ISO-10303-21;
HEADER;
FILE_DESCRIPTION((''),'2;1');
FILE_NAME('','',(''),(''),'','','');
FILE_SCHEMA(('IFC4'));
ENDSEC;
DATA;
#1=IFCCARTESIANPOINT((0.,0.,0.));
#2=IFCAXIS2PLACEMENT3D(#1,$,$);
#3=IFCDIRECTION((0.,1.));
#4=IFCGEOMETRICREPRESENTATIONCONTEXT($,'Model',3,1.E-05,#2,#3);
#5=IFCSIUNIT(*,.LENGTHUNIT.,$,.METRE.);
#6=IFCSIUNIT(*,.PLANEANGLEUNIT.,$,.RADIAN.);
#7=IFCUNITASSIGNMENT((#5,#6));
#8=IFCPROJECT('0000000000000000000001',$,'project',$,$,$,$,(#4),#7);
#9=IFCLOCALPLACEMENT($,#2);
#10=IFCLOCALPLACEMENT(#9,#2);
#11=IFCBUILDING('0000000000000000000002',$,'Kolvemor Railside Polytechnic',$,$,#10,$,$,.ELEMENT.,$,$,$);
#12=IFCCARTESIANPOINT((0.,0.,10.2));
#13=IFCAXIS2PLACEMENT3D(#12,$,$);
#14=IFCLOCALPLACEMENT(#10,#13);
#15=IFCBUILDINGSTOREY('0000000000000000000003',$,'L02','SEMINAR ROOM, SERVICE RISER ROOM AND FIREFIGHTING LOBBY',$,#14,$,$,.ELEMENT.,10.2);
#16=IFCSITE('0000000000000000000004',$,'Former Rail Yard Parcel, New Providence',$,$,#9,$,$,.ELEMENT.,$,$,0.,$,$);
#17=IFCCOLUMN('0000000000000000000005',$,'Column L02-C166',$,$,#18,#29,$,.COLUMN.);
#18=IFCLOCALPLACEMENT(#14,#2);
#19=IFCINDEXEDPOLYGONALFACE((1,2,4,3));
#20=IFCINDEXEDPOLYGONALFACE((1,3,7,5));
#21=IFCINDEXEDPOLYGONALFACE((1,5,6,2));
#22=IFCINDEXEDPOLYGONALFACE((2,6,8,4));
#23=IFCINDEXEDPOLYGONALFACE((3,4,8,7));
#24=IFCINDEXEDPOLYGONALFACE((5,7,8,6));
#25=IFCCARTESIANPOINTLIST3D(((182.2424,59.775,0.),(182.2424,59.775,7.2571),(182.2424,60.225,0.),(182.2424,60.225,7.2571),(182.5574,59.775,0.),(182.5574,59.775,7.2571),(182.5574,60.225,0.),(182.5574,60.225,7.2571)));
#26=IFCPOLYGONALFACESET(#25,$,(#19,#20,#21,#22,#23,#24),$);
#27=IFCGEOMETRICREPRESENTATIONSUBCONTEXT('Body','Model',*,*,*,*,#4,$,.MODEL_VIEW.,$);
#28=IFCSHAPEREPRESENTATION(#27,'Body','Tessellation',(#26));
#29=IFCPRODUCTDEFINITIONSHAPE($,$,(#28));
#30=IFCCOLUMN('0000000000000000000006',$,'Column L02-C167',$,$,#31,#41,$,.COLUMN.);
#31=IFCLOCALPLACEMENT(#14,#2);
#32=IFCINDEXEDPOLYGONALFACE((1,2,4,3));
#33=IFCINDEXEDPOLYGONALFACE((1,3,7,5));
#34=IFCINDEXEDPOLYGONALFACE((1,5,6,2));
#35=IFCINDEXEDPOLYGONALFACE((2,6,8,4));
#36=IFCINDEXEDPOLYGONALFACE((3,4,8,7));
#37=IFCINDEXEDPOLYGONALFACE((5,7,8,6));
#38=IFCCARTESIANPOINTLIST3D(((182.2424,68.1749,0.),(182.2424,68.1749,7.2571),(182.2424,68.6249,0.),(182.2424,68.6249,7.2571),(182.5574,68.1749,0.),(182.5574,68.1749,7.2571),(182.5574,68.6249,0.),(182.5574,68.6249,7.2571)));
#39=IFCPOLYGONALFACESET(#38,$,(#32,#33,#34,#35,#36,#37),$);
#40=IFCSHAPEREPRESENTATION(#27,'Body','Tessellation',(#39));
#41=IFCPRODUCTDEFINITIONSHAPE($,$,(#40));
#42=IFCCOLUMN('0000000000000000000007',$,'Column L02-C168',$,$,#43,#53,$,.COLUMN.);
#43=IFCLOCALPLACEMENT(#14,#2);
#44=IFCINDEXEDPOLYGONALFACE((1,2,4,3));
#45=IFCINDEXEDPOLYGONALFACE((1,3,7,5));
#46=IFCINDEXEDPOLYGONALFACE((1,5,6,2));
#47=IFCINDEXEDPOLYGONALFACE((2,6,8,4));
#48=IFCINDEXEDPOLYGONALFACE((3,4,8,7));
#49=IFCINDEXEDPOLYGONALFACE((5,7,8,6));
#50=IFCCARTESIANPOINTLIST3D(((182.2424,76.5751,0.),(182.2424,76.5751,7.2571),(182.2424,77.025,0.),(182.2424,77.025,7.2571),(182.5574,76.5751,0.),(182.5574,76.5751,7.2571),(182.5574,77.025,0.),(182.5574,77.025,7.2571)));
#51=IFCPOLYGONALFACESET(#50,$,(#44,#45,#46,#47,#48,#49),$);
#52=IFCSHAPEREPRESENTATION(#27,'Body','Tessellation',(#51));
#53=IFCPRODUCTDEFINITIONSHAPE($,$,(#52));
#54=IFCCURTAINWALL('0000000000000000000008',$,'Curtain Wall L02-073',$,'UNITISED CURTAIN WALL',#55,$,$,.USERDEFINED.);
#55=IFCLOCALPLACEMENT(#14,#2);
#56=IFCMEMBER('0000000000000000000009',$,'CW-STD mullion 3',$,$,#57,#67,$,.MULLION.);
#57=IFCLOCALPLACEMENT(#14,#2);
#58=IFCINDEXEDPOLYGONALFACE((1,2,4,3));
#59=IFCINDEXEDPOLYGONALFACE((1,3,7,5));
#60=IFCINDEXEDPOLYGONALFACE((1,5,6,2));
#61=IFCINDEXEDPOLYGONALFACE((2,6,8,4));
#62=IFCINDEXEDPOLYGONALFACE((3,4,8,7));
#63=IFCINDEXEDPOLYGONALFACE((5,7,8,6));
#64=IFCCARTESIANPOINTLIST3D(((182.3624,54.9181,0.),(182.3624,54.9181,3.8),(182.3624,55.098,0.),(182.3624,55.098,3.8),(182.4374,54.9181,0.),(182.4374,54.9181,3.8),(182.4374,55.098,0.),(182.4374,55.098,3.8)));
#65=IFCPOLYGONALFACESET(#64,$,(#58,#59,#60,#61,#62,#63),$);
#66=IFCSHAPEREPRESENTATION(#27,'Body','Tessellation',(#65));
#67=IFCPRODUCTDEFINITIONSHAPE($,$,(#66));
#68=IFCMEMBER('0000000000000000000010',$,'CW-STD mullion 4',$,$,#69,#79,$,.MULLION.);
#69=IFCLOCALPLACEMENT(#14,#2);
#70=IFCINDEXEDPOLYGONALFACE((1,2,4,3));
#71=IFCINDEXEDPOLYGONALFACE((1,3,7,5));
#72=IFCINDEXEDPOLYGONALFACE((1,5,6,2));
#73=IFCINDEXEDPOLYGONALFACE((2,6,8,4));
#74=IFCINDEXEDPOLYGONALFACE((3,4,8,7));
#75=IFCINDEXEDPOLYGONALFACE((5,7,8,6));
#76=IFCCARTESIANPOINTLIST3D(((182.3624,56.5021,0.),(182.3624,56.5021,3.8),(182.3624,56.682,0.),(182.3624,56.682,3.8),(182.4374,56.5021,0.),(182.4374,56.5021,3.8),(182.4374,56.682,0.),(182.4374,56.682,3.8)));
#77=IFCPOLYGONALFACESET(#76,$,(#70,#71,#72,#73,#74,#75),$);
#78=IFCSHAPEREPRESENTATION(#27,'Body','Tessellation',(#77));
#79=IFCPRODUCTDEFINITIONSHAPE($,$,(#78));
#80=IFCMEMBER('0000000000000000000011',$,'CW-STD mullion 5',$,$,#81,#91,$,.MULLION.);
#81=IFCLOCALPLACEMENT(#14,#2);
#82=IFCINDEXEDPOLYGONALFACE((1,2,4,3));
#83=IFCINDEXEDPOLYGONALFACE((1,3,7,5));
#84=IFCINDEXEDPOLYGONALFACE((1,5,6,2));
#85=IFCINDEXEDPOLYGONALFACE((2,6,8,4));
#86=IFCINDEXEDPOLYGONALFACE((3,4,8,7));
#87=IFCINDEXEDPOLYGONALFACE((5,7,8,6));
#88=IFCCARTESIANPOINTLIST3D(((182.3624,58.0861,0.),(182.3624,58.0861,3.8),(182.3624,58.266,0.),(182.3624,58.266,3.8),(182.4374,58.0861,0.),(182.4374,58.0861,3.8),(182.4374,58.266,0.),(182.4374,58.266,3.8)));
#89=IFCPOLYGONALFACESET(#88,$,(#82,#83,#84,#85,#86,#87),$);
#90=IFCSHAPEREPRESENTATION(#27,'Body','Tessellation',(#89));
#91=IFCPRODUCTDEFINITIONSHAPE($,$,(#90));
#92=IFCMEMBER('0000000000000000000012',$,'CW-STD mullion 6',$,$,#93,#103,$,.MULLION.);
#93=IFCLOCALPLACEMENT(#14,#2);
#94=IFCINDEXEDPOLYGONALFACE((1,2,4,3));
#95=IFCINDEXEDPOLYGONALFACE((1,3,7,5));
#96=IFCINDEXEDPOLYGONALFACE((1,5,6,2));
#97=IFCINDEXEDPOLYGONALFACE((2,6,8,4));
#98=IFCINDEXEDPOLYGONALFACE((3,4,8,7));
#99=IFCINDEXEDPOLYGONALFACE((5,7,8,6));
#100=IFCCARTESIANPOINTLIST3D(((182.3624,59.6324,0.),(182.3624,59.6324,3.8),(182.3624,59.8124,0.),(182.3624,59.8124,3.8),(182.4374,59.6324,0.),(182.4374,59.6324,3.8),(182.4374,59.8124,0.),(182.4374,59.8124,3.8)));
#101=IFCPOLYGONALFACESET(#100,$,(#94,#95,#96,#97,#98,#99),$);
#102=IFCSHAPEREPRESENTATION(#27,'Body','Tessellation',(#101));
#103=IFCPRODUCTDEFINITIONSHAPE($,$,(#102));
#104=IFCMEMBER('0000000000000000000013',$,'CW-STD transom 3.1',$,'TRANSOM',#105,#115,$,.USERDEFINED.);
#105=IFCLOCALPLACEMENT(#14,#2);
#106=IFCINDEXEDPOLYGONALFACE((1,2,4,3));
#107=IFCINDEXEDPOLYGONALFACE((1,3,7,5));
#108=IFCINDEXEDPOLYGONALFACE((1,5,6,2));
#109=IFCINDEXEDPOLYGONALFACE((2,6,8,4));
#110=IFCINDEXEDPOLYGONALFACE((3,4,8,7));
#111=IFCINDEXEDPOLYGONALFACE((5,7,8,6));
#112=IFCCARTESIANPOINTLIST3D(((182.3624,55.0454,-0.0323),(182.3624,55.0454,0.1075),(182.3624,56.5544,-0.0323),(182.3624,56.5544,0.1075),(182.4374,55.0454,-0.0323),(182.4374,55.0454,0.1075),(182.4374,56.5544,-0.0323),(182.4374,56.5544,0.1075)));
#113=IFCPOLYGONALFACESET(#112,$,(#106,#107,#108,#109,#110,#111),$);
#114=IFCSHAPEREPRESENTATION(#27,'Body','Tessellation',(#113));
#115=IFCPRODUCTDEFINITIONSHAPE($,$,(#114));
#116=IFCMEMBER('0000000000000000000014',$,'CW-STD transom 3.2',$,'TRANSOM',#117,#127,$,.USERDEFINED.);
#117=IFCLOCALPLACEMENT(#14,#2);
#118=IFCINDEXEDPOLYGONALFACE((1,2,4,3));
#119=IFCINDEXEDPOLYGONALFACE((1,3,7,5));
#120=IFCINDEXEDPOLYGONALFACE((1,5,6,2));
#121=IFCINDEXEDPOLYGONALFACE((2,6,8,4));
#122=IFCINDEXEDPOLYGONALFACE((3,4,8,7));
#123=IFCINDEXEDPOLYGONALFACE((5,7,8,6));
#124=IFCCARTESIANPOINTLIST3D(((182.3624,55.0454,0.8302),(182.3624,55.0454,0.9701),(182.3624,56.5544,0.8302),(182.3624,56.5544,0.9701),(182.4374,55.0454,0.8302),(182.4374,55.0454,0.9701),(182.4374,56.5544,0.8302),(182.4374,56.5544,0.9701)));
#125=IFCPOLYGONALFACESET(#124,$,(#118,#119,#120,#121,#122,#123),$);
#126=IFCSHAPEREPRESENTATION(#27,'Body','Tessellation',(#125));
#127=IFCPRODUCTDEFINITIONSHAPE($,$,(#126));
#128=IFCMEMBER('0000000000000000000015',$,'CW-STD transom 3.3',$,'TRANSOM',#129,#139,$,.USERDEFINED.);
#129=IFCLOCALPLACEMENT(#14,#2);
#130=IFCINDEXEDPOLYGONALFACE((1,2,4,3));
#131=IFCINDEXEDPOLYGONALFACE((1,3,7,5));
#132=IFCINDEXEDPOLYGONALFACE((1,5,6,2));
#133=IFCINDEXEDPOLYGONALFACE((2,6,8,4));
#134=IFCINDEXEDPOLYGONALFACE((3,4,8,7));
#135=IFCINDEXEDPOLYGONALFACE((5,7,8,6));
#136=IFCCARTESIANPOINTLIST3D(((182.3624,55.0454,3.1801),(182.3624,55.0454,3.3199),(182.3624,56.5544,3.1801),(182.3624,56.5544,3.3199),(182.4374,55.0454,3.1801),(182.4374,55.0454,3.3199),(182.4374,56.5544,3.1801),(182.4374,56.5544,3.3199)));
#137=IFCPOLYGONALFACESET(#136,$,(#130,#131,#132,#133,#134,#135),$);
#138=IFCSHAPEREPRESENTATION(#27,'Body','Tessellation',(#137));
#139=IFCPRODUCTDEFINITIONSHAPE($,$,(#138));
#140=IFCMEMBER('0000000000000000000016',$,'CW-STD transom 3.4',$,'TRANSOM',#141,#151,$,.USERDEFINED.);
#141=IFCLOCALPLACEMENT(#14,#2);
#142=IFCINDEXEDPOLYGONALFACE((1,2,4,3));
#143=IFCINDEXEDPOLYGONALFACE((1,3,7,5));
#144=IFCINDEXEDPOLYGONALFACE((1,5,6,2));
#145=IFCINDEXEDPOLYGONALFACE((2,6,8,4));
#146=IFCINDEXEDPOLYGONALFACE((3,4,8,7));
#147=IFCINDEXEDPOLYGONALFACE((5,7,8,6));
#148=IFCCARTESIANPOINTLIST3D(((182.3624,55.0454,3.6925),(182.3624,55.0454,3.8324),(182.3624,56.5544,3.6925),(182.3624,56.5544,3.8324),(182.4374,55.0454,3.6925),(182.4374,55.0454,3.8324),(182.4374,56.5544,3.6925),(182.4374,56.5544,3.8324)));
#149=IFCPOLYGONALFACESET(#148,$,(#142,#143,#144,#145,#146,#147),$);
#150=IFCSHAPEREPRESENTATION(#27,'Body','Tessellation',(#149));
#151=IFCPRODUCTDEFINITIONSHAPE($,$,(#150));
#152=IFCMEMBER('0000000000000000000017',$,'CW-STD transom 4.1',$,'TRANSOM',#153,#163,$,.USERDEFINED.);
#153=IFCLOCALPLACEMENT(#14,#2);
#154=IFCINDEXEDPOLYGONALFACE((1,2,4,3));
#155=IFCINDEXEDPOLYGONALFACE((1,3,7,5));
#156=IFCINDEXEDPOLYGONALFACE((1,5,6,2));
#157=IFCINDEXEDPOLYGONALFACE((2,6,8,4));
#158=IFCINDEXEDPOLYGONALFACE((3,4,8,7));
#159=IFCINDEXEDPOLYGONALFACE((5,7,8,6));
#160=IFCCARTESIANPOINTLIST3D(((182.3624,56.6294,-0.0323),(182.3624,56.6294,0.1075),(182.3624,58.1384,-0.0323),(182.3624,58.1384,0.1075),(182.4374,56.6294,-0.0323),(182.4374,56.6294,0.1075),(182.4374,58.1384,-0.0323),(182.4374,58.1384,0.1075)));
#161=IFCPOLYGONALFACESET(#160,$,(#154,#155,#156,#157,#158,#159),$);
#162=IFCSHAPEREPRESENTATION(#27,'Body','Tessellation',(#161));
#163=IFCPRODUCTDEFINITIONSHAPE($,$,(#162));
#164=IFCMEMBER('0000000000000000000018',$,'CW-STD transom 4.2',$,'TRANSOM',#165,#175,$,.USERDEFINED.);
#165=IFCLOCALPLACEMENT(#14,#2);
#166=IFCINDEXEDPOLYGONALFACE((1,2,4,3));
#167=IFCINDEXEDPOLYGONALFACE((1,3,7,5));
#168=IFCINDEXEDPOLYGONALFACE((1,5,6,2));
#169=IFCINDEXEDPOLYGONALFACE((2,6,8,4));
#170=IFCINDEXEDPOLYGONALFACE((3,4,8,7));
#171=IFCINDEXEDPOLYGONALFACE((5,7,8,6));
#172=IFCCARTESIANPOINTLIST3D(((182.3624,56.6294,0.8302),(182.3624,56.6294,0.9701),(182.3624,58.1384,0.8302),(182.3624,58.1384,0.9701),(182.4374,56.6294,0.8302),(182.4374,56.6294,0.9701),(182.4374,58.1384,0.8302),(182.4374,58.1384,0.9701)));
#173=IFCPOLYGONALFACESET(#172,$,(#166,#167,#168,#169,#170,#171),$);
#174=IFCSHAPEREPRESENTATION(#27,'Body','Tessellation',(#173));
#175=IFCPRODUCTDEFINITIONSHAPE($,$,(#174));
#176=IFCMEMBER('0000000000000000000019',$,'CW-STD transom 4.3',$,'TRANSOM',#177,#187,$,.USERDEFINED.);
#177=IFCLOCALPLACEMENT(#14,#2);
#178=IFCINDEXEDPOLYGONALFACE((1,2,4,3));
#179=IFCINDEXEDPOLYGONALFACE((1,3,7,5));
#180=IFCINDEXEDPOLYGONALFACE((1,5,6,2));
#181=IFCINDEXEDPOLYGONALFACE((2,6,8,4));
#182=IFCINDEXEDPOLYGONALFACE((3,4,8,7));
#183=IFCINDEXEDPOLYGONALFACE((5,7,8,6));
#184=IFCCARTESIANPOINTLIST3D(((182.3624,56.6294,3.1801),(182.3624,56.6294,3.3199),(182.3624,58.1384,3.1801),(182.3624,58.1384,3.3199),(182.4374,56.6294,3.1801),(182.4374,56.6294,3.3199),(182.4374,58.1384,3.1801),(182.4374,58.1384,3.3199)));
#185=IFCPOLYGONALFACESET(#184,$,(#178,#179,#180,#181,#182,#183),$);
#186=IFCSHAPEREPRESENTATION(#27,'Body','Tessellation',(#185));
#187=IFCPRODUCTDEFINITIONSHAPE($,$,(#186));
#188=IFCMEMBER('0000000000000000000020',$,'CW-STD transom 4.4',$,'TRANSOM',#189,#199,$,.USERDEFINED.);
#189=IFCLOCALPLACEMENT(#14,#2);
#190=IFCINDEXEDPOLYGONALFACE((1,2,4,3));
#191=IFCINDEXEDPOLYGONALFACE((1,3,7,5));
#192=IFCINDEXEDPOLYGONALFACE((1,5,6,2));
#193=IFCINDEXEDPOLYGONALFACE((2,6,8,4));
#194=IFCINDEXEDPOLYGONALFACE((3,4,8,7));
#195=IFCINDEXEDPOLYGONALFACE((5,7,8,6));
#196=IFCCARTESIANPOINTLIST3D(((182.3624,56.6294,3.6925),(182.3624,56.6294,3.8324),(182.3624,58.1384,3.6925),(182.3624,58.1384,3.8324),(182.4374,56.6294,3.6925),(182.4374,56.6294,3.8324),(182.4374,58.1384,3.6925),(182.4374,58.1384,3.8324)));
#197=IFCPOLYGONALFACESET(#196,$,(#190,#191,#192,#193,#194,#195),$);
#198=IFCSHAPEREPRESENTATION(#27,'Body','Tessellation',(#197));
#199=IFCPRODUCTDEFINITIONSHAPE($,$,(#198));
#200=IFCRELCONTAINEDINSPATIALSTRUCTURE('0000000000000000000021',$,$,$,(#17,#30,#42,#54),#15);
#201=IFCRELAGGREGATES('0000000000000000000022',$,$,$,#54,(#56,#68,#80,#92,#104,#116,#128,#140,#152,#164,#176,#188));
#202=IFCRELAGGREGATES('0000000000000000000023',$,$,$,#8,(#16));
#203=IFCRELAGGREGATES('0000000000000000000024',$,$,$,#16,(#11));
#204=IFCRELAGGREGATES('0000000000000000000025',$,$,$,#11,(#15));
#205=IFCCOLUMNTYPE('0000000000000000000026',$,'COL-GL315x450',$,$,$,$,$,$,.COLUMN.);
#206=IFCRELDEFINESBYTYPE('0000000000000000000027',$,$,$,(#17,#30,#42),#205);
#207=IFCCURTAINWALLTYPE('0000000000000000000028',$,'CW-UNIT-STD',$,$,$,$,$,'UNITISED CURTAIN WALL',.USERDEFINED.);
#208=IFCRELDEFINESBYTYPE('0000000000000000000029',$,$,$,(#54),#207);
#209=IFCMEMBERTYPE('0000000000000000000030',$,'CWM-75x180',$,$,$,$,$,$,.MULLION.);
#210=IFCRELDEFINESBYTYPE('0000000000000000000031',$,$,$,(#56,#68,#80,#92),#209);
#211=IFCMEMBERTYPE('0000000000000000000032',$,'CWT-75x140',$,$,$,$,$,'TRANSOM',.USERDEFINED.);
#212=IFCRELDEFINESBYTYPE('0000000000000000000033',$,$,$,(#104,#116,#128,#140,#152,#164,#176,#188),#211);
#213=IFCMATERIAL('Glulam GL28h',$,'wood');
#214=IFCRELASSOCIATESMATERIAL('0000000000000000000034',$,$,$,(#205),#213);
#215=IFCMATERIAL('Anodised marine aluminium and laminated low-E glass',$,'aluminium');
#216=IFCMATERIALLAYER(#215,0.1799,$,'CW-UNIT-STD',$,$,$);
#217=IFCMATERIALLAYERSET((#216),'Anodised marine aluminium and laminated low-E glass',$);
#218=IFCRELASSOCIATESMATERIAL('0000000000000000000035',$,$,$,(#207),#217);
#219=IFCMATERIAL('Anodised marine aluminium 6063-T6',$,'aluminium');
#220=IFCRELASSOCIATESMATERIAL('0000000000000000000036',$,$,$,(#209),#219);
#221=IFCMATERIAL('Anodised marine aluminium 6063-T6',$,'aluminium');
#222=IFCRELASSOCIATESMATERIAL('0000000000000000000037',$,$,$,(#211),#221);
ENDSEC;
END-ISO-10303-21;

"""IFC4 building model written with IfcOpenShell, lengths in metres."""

from ifc_helpers import new_model, si_unit, direction, frame, origin, origin_2d, place, context, subcontext, project, spatial, rectangle, extrude, material, layer, layer_set, material_profile, profile_set, type_object, element, aggregate, save


model = new_model("IFC4")

# Units and contexts
model_context = context("Model", 3, precision=1e-05, world=origin(), true_north=direction((0.0, 1.0)))
body_context = subcontext(model_context, "Body", "Model", "MODEL_VIEW")
ifc_project = project(units=[si_unit("LENGTHUNIT", "METRE"), si_unit("PLANEANGLEUNIT", "RADIAN")], contexts=[model_context])

# Site, building, storey
site_placement = place(None, origin())
site = spatial("IfcSite", under=ifc_project, at=site_placement, Name="Former Rail Yard Parcel, New Providence", CompositionType="ELEMENT", RefElevation=0.0)
building_placement = place(site_placement, origin())
building = spatial("IfcBuilding", under=site, at=building_placement, Name="Kolvemor Railside Polytechnic", CompositionType="ELEMENT")
storey_placement = place(building_placement, frame((0.0, 0.0, 10.2)))
storey = spatial("IfcBuildingStorey", under=building, at=storey_placement, Name="L02", Description="SEMINAR ROOM, SERVICE RISER ROOM AND FIREFIGHTING LOBBY", CompositionType="ELEMENT", Elevation=10.2)

# Columns
ifc_material_1 = material(Name="Glulam GL28h", Category="wood")
ifc_material_profile_1 = material_profile(ifc_material_1, rectangle(XDim=0.3149, YDim=0.45, at=origin_2d()), Name="GL315x450")
ifc_profile_set_1 = profile_set([ifc_material_profile_1], Name="Glulam GL28h")
column_type = type_object("IfcColumnType", Name="COL-GL315x450", PredefinedType="COLUMN", material=ifc_profile_set_1)
for number, where, z_axis, x_axis, name in (
    (1, (182.3999, 60.0, 0.0), (0.0, 0.0, 1.0), (1.0, 0.0, 0.0), "Column L02-C166"),
    (2, (182.3999, 68.3999, 0.0), (0.0, 0.0, 1.0), (1.0, 0.0, 0.0), "Column L02-C167"),
    (3, (182.3999, 76.8, 0.0), (0.0, 0.0, 1.0), (1.0, 0.0, 0.0), "Column L02-C168"),
):
    element("IfcColumn", number, at=place(storey_placement, frame(where, z_axis=z_axis, x_axis=x_axis)), inside=storey, type_object=column_type, Name=name, PredefinedType="COLUMN", context=body_context, shape_type="SweptSolid", body=[
        extrude(rectangle(XDim=0.3149, YDim=0.45, at=origin_2d()), origin(), (0.0, 0.0, 1.0), 7.2571),
    ])

# Curtain wall, members
ifc_material_2 = material(Name="Anodised marine aluminium and laminated low-E glass", Category="aluminium")
ifc_layer_1 = layer(ifc_material_2, 0.1799, Name="CW-UNIT-STD")
ifc_layer_set_1 = layer_set([ifc_layer_1], Name="Anodised marine aluminium and laminated low-E glass")
curtain_wall_type = type_object("IfcCurtainWallType", Name="CW-UNIT-STD", ElementType="UNITISED CURTAIN WALL", PredefinedType="USERDEFINED", material=ifc_layer_set_1)
curtain_wall_placement = place(storey_placement, origin())
curtain_wall = element("IfcCurtainWall", 4, at=curtain_wall_placement, inside=storey, type_object=curtain_wall_type, Name="Curtain Wall L02-073", ObjectType="UNITISED CURTAIN WALL", PredefinedType="USERDEFINED")
ifc_material_3 = material(Name="Anodised marine aluminium 6063-T6", Category="aluminium")
ifc_material_profile_2 = material_profile(ifc_material_3, rectangle(XDim=0.075, YDim=0.1799, at=origin_2d()), Name="CW-MUL-75x180")
ifc_profile_set_2 = profile_set([ifc_material_profile_2], Name="Anodised marine aluminium 6063-T6")
member_type_1 = type_object("IfcMemberType", Name="CWM-75x180", PredefinedType="MULLION", material=ifc_profile_set_2)
member_1_placement = place(storey_placement, frame((182.3999, 55.0081, 0.0), z_axis=(0.0, 0.0, 1.0), x_axis=(-1.0, 0.0, 0.0)))
member_1 = element("IfcMember", 5, at=member_1_placement, type_object=member_type_1, Name="CW-STD mullion 3", PredefinedType="MULLION", context=body_context, shape_type="SweptSolid", body=[
    extrude(rectangle(XDim=0.075, YDim=0.1799, at=origin_2d()), origin(), (0.0, 0.0, 1.0), 3.8),
])
member_2_placement = place(storey_placement, frame((182.3999, 56.592, 0.0), z_axis=(0.0, 0.0, 1.0), x_axis=(-1.0, 0.0, 0.0)))
member_2 = element("IfcMember", 6, at=member_2_placement, type_object=member_type_1, Name="CW-STD mullion 4", PredefinedType="MULLION", context=body_context, shape_type="SweptSolid", body=[
    extrude(rectangle(XDim=0.075, YDim=0.1799, at=origin_2d()), origin(), (0.0, 0.0, 1.0), 3.8),
])
member_3_placement = place(storey_placement, frame((182.3999, 58.176, 0.0), z_axis=(0.0, 0.0, 1.0), x_axis=(-1.0, 0.0, 0.0)))
member_3 = element("IfcMember", 7, at=member_3_placement, type_object=member_type_1, Name="CW-STD mullion 5", PredefinedType="MULLION", context=body_context, shape_type="SweptSolid", body=[
    extrude(rectangle(XDim=0.075, YDim=0.1799, at=origin_2d()), origin(), (0.0, 0.0, 1.0), 3.8),
])
member_4_placement = place(storey_placement, frame((182.3999, 59.7224, 0.0), z_axis=(0.0, 0.0, 1.0), x_axis=(-1.0, 0.0, 0.0)))
member_4 = element("IfcMember", 8, at=member_4_placement, type_object=member_type_1, Name="CW-STD mullion 6", PredefinedType="MULLION", context=body_context, shape_type="SweptSolid", body=[
    extrude(rectangle(XDim=0.075, YDim=0.1799, at=origin_2d()), origin(), (0.0, 0.0, 1.0), 3.8),
])
ifc_material_4 = material(Name="Anodised marine aluminium 6063-T6", Category="aluminium")
ifc_material_profile_3 = material_profile(ifc_material_4, rectangle(XDim=0.075, YDim=0.1399, at=origin_2d()), Name="CW-TRN-75x140")
ifc_profile_set_3 = profile_set([ifc_material_profile_3], Name="Anodised marine aluminium 6063-T6")
member_type_2 = type_object("IfcMemberType", Name="CWT-75x140", ElementType="TRANSOM", PredefinedType="USERDEFINED", material=ifc_profile_set_3)
member_5_placement = place(storey_placement, frame((182.3999, 55.0454, 0.0376), z_axis=(0.0, 1.0, 0.0), x_axis=(-1.0, 0.0, 0.0)))
member_5 = element("IfcMember", 9, at=member_5_placement, type_object=member_type_2, Name="CW-STD transom 3.1", ObjectType="TRANSOM", PredefinedType="USERDEFINED", context=body_context, shape_type="SweptSolid", body=[
    extrude(rectangle(XDim=0.075, YDim=0.1399, at=origin_2d()), origin(), (0.0, 0.0, 1.0), 1.509),
])
member_6_placement = place(storey_placement, frame((182.3999, 55.0454, 0.9001), z_axis=(0.0, 1.0, 0.0), x_axis=(-1.0, 0.0, 0.0)))
member_6 = element("IfcMember", 10, at=member_6_placement, type_object=member_type_2, Name="CW-STD transom 3.2", ObjectType="TRANSOM", PredefinedType="USERDEFINED", context=body_context, shape_type="SweptSolid", body=[
    extrude(rectangle(XDim=0.075, YDim=0.1399, at=origin_2d()), origin(), (0.0, 0.0, 1.0), 1.509),
])
member_7_placement = place(storey_placement, frame((182.3999, 55.0454, 3.25), z_axis=(0.0, 1.0, 0.0), x_axis=(-1.0, 0.0, 0.0)))
member_7 = element("IfcMember", 11, at=member_7_placement, type_object=member_type_2, Name="CW-STD transom 3.3", ObjectType="TRANSOM", PredefinedType="USERDEFINED", context=body_context, shape_type="SweptSolid", body=[
    extrude(rectangle(XDim=0.075, YDim=0.1399, at=origin_2d()), origin(), (0.0, 0.0, 1.0), 1.509),
])
member_8_placement = place(storey_placement, frame((182.3999, 55.0454, 3.7625), z_axis=(0.0, 1.0, 0.0), x_axis=(-1.0, 0.0, 0.0)))
member_8 = element("IfcMember", 12, at=member_8_placement, type_object=member_type_2, Name="CW-STD transom 3.4", ObjectType="TRANSOM", PredefinedType="USERDEFINED", context=body_context, shape_type="SweptSolid", body=[
    extrude(rectangle(XDim=0.075, YDim=0.1399, at=origin_2d()), origin(), (0.0, 0.0, 1.0), 1.509),
])
member_9_placement = place(storey_placement, frame((182.3999, 56.6294, 0.0376), z_axis=(0.0, 1.0, 0.0), x_axis=(-1.0, 0.0, 0.0)))
member_9 = element("IfcMember", 13, at=member_9_placement, type_object=member_type_2, Name="CW-STD transom 4.1", ObjectType="TRANSOM", PredefinedType="USERDEFINED", context=body_context, shape_type="SweptSolid", body=[
    extrude(rectangle(XDim=0.075, YDim=0.1399, at=origin_2d()), origin(), (0.0, 0.0, 1.0), 1.509),
])
member_10_placement = place(storey_placement, frame((182.3999, 56.6294, 0.9001), z_axis=(0.0, 1.0, 0.0), x_axis=(-1.0, 0.0, 0.0)))
member_10 = element("IfcMember", 14, at=member_10_placement, type_object=member_type_2, Name="CW-STD transom 4.2", ObjectType="TRANSOM", PredefinedType="USERDEFINED", context=body_context, shape_type="SweptSolid", body=[
    extrude(rectangle(XDim=0.075, YDim=0.1399, at=origin_2d()), origin(), (0.0, 0.0, 1.0), 1.509),
])
member_11_placement = place(storey_placement, frame((182.3999, 56.6294, 3.25), z_axis=(0.0, 1.0, 0.0), x_axis=(-1.0, 0.0, 0.0)))
member_11 = element("IfcMember", 15, at=member_11_placement, type_object=member_type_2, Name="CW-STD transom 4.3", ObjectType="TRANSOM", PredefinedType="USERDEFINED", context=body_context, shape_type="SweptSolid", body=[
    extrude(rectangle(XDim=0.075, YDim=0.1399, at=origin_2d()), origin(), (0.0, 0.0, 1.0), 1.509),
])
member_12_placement = place(storey_placement, frame((182.3999, 56.6294, 3.7625), z_axis=(0.0, 1.0, 0.0), x_axis=(-1.0, 0.0, 0.0)))
member_12 = element("IfcMember", 16, at=member_12_placement, type_object=member_type_2, Name="CW-STD transom 4.4", ObjectType="TRANSOM", PredefinedType="USERDEFINED", context=body_context, shape_type="SweptSolid", body=[
    extrude(rectangle(XDim=0.075, YDim=0.1399, at=origin_2d()), origin(), (0.0, 0.0, 1.0), 1.509),
])

aggregate(curtain_wall, [member_1, member_2, member_3, member_4, member_5, member_6, member_7, member_8, member_9, member_10, member_11, member_12])

save(model, "model.ifc")
